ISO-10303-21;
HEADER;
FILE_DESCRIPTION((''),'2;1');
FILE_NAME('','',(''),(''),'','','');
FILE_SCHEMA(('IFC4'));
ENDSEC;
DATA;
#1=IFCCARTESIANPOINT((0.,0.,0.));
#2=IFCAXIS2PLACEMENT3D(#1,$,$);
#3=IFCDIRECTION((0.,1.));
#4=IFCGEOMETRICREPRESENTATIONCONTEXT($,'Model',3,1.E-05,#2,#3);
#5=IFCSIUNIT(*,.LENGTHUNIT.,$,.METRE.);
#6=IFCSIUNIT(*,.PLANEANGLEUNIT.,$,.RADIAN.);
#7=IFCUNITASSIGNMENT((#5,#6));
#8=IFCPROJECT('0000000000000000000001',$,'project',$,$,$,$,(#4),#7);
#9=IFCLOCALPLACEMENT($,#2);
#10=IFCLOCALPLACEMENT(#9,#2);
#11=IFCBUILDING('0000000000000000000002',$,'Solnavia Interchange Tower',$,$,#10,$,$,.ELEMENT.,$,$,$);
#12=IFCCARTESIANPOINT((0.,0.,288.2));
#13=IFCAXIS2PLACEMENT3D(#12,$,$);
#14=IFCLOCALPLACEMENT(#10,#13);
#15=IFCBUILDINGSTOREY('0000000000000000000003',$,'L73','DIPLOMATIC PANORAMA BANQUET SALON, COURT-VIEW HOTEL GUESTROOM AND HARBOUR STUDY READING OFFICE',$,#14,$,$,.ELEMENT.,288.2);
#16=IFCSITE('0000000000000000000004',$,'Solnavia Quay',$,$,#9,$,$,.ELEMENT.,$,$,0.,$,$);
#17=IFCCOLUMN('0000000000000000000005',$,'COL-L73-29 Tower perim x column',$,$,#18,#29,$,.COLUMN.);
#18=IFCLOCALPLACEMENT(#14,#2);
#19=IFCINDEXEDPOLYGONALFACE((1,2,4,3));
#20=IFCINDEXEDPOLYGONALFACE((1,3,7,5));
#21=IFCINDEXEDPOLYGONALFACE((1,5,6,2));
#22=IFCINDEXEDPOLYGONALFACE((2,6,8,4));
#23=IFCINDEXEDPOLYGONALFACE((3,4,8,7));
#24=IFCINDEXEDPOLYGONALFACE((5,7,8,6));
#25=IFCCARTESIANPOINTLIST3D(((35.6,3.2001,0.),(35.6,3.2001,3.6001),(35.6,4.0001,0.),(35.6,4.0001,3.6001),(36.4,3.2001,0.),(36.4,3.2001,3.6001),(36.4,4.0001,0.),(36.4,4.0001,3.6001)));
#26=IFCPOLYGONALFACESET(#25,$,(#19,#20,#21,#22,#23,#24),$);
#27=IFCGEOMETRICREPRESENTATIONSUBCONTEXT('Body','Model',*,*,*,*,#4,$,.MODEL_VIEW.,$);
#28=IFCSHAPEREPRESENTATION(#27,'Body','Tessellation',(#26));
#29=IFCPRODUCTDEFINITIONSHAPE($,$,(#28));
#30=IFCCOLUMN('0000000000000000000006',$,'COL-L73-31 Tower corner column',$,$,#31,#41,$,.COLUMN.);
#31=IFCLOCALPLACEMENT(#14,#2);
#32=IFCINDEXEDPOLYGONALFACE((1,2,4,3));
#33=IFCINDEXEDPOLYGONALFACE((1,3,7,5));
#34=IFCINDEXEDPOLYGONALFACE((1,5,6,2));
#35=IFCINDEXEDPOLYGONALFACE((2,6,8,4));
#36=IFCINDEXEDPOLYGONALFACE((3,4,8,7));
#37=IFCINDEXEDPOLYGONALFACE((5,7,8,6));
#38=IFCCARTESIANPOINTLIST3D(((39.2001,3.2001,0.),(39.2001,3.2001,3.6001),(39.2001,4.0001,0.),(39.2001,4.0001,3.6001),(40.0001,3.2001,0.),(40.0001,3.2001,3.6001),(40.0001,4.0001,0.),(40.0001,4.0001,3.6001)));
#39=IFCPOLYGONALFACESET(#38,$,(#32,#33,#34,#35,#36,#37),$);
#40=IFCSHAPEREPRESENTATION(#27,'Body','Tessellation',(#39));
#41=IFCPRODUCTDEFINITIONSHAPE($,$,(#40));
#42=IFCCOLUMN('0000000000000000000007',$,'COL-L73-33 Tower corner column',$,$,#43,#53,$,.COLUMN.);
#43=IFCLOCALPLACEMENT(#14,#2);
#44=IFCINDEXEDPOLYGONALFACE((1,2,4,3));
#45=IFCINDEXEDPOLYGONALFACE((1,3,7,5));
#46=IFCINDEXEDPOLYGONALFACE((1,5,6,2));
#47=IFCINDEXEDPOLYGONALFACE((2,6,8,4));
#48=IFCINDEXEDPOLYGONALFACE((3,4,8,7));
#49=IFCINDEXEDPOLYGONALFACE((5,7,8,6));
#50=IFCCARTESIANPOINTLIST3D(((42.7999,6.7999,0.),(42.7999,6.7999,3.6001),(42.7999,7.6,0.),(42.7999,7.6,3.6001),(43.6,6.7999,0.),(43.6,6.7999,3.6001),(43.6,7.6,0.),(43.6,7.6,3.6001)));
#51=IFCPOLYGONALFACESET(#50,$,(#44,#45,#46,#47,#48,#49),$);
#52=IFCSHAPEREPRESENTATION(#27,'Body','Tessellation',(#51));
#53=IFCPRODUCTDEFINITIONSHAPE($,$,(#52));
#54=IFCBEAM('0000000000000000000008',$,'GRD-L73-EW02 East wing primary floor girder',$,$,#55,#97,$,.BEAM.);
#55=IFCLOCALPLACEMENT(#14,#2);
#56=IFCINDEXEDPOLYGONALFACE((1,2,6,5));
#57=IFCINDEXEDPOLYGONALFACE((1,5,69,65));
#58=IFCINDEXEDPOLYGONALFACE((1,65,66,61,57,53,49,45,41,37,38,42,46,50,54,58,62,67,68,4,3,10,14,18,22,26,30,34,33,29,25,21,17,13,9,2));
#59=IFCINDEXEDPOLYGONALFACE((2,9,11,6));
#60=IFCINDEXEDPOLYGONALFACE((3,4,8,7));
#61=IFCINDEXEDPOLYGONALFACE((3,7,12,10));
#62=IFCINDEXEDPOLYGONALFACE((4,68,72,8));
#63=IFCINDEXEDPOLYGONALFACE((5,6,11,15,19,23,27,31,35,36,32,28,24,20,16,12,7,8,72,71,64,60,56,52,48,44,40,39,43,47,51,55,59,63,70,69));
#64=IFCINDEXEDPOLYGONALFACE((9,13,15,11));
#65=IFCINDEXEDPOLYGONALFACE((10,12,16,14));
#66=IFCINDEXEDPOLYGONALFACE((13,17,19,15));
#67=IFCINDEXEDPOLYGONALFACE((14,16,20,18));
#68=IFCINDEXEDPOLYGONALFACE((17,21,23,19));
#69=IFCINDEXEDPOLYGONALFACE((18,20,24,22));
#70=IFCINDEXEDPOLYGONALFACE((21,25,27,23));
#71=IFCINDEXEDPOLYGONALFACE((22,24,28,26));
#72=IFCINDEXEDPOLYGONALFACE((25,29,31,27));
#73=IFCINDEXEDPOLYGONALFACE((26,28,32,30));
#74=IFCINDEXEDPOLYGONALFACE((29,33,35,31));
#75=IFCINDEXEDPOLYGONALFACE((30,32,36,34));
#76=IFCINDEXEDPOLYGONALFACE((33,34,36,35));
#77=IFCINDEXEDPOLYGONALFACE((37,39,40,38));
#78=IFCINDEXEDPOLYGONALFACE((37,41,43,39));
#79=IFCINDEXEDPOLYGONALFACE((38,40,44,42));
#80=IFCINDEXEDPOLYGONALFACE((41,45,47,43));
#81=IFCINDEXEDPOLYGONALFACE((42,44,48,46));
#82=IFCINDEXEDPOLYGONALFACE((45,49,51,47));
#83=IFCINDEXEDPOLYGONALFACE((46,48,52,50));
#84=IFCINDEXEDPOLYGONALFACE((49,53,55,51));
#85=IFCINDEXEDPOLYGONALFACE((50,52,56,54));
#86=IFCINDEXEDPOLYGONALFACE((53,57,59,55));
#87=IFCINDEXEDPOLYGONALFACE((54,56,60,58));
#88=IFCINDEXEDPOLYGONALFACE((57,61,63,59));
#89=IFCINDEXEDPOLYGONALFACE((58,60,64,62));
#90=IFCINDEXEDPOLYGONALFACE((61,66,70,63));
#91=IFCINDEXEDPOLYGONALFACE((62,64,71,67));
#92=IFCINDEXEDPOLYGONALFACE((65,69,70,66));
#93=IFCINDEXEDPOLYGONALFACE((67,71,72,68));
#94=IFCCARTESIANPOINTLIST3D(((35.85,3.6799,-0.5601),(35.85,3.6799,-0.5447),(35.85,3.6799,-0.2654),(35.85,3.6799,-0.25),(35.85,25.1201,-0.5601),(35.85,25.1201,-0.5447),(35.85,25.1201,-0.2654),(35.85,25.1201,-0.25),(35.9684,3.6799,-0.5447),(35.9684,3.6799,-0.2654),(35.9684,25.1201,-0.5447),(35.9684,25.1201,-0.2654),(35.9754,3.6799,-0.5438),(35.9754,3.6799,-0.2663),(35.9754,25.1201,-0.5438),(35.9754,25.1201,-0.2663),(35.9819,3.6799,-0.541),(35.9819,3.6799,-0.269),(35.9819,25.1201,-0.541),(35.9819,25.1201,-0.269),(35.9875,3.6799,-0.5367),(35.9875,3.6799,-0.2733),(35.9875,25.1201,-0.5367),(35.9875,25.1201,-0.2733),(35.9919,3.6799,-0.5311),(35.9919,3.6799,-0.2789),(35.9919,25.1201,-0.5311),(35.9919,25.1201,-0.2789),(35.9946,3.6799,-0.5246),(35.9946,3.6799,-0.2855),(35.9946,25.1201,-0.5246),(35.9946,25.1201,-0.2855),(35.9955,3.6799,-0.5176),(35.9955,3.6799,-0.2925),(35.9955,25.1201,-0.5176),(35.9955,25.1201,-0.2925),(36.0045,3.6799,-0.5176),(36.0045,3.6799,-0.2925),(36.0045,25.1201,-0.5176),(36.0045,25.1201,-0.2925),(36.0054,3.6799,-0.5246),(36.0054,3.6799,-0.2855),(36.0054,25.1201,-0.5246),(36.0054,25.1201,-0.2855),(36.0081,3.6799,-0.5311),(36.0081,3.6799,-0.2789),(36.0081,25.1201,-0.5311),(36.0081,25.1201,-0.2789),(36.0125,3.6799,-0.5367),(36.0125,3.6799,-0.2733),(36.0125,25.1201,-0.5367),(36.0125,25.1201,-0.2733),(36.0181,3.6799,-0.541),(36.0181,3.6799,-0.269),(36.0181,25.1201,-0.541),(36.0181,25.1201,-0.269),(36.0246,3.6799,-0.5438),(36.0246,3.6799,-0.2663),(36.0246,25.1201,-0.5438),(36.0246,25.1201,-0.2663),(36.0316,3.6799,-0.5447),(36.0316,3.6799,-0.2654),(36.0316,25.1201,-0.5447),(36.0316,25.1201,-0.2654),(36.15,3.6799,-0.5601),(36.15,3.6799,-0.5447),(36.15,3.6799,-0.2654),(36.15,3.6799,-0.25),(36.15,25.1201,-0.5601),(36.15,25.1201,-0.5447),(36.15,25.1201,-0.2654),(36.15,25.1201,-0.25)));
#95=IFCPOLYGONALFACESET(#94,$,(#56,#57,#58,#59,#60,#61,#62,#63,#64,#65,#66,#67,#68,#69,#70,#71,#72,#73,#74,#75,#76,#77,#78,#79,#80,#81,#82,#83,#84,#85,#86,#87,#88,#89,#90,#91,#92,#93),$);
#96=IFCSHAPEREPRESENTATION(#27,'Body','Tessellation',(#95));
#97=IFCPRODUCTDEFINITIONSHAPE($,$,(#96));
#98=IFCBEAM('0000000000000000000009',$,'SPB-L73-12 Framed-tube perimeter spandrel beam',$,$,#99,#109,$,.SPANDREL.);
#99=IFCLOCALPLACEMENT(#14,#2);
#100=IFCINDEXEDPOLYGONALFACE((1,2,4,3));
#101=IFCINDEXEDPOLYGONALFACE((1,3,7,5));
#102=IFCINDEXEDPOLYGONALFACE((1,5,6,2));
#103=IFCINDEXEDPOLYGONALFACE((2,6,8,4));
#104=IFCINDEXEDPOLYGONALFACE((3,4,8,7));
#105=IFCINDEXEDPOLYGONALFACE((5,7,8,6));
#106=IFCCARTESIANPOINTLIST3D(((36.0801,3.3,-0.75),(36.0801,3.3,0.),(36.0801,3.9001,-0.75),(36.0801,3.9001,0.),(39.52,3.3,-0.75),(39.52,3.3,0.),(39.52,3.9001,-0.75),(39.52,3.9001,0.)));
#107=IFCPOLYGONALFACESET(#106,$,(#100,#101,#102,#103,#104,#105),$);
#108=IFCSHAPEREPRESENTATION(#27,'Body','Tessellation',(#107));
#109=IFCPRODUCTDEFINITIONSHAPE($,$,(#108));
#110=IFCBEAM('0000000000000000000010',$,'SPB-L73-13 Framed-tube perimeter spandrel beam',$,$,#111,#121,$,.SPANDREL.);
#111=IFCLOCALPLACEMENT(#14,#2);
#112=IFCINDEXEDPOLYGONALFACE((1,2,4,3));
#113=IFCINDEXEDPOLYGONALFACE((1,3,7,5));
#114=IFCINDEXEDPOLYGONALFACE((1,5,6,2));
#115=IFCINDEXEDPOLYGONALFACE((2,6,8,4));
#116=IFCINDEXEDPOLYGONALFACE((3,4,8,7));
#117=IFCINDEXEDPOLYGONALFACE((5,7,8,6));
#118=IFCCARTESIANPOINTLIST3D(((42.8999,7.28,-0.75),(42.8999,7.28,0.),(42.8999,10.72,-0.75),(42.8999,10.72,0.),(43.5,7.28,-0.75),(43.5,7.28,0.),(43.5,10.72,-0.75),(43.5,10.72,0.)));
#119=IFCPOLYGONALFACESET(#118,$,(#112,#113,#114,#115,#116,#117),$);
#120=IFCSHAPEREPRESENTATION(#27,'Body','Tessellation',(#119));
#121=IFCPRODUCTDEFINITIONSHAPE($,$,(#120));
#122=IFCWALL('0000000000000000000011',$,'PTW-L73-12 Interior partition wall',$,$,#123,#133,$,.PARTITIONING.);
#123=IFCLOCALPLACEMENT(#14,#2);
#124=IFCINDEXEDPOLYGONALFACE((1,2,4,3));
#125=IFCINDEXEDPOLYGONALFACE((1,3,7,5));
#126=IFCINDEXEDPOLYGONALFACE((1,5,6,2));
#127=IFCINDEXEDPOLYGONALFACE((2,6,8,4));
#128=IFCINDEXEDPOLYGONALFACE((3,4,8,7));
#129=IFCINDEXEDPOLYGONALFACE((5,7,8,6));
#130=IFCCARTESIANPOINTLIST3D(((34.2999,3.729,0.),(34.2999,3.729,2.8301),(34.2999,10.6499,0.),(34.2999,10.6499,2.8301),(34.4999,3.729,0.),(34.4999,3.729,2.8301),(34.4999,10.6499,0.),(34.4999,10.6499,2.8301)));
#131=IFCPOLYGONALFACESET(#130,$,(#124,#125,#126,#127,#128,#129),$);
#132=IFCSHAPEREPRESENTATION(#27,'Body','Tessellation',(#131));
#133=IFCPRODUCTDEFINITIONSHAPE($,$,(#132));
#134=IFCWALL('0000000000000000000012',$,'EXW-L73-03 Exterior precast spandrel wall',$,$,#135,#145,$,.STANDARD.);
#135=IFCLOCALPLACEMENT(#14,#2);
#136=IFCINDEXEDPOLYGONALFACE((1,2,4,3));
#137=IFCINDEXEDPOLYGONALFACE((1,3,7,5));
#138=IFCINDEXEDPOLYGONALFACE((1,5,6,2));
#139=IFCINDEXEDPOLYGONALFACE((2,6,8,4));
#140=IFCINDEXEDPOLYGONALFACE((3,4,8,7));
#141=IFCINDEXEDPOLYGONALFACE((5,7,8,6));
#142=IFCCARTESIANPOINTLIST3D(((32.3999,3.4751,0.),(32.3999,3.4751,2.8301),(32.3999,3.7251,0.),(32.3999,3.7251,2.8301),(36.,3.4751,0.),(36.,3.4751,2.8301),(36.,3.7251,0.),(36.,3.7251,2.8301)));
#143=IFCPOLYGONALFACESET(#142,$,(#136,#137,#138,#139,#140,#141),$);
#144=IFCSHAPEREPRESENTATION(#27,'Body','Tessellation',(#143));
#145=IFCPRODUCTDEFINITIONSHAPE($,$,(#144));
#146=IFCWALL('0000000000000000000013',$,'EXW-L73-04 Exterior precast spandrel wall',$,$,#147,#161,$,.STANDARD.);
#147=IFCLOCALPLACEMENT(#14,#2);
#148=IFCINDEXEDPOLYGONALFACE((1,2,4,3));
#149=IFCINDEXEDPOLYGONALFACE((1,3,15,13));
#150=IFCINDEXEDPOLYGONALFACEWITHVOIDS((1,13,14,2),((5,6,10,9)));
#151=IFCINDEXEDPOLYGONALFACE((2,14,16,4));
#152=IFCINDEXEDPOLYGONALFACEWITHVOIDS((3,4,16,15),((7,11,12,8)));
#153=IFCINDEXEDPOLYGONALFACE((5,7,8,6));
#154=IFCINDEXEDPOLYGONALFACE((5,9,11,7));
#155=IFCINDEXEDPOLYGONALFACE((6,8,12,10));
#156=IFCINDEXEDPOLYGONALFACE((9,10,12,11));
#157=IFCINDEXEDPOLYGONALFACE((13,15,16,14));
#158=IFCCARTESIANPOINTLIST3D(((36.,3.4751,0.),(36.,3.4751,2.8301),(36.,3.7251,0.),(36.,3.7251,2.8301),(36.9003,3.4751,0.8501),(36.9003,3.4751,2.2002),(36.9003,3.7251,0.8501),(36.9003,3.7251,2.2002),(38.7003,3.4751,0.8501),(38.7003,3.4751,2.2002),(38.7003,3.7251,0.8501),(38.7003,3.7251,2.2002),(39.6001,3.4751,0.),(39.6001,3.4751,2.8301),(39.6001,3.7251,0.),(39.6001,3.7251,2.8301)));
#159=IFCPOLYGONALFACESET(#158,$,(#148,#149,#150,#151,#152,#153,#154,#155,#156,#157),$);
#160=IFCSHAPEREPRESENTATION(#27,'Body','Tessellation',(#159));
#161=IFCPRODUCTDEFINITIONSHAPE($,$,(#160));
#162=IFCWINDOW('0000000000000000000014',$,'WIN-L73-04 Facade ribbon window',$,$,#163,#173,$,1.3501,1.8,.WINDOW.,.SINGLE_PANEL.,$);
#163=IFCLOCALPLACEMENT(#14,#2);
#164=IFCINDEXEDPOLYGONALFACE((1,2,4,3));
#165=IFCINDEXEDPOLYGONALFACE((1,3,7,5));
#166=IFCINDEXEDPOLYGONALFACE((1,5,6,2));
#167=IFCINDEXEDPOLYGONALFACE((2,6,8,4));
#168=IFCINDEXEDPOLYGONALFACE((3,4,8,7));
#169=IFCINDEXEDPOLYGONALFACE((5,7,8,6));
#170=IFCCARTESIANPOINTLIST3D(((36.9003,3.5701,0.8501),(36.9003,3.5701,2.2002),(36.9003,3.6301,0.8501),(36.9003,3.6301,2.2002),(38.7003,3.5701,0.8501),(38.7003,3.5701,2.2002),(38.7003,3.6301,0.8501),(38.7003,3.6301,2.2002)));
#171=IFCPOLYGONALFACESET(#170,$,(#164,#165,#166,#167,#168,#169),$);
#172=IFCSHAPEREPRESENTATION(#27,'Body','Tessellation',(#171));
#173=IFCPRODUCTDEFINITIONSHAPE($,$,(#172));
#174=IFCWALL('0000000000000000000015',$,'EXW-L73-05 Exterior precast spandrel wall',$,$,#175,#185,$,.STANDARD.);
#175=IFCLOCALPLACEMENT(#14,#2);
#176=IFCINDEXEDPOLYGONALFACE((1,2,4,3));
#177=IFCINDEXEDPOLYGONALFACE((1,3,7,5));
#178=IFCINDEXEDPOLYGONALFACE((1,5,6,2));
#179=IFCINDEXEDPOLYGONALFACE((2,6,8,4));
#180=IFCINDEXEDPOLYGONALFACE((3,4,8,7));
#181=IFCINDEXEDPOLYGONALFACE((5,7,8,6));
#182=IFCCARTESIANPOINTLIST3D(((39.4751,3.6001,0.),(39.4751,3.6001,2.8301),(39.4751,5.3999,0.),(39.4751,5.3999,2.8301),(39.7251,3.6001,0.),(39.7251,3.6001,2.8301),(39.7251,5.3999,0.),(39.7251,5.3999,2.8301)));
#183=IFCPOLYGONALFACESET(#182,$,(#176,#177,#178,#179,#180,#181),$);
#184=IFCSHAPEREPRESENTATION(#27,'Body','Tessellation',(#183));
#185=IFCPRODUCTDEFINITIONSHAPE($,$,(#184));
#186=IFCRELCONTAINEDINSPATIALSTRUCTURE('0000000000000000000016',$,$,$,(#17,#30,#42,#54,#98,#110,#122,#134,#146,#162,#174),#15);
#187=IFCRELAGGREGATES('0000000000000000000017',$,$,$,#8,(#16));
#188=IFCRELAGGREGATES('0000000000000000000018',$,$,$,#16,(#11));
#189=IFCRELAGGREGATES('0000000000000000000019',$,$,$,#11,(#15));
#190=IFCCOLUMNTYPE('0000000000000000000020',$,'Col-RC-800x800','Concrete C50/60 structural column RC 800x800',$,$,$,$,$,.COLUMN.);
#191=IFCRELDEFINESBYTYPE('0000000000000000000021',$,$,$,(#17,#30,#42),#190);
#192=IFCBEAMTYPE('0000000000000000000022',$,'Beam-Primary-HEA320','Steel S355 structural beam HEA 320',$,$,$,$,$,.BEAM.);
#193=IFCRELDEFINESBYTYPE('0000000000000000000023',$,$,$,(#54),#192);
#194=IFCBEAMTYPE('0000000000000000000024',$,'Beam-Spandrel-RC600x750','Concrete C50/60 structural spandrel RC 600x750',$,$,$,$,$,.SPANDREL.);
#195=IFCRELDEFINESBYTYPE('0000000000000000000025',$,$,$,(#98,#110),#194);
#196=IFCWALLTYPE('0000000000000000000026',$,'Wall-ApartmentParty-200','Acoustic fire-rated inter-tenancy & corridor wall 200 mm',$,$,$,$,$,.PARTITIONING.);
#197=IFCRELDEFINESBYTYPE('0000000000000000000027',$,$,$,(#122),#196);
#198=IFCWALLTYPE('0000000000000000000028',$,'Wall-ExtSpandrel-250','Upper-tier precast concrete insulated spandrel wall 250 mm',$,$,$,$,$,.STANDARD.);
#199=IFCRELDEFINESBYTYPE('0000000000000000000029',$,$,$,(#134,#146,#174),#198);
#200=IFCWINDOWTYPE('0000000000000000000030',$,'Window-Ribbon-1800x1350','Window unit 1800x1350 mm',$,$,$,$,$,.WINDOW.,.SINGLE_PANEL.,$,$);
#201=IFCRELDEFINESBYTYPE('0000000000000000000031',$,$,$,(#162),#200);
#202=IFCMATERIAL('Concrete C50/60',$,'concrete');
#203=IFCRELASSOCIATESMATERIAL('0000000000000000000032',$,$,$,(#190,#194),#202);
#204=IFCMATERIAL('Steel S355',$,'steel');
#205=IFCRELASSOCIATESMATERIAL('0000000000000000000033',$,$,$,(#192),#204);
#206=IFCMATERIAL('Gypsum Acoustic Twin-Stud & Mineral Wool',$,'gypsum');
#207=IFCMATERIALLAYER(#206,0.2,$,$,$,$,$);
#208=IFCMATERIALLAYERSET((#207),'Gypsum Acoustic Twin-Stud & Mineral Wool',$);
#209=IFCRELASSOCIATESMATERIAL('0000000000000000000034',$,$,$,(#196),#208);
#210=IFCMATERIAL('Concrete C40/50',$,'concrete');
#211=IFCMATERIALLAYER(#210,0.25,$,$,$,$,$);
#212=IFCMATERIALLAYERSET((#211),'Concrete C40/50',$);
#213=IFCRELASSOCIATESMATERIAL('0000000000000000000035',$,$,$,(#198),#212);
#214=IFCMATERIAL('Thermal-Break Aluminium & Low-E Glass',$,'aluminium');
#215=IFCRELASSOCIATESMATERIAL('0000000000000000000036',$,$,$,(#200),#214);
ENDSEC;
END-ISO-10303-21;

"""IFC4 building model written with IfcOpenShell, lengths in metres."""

from ifc_helpers import new_model, si_unit, direction, frame, frame_2d, origin, origin_2d, place, context, subcontext, project, spatial, rectangle, i_section, extrude, material, layer, layer_set, material_profile, profile_set, type_object, element, fill, save


model = new_model("IFC4")

# Units and contexts
model_context = context("Model", 3, precision=1e-05, world=origin(), true_north=direction((0.0, 1.0)))
body_context = subcontext(model_context, "Body", "Model", "MODEL_VIEW")
ifc_project = project(units=[si_unit("LENGTHUNIT", "METRE"), si_unit("PLANEANGLEUNIT", "RADIAN")], contexts=[model_context])

# Site, building, storey
site_placement = place(None, origin())
site = spatial("IfcSite", under=ifc_project, at=site_placement, Name="Solnavia Quay", CompositionType="ELEMENT", RefElevation=0.0)
building_placement = place(site_placement, origin())
building = spatial("IfcBuilding", under=site, at=building_placement, Name="Solnavia Interchange Tower", CompositionType="ELEMENT")
storey_placement = place(building_placement, frame((0.0, 0.0, 288.2)))
storey = spatial("IfcBuildingStorey", under=building, at=storey_placement, Name="L73", Description="DIPLOMATIC PANORAMA BANQUET SALON, COURT-VIEW HOTEL GUESTROOM AND HARBOUR STUDY READING OFFICE", CompositionType="ELEMENT", Elevation=288.2)

# Columns
ifc_material_1 = material(Name="Concrete C50/60", Category="concrete")
ifc_material_profile_1 = material_profile(ifc_material_1, rectangle(XDim=0.8, YDim=0.8, at=origin_2d()), Name="RC 800x800")
ifc_profile_set_1 = profile_set([ifc_material_profile_1], Name="Concrete C50/60")
column_type = type_object("IfcColumnType", Name="Col-RC-800x800", Description="Concrete C50/60 structural column RC 800x800", PredefinedType="COLUMN", material=ifc_profile_set_1)
for number, where, z_axis, x_axis, name in (
    (1, (36.0, 3.6001, 0.0), (0.0, 0.0, 1.0), (1.0, 0.0, 0.0), "COL-L73-29 Tower perim x column"),
    (2, (39.6001, 3.6001, 0.0), (0.0, 0.0, 1.0), (1.0, 0.0, 0.0), "COL-L73-31 Tower corner column"),
    (3, (43.2, 7.2, 0.0), (0.0, 0.0, 1.0), (1.0, 0.0, 0.0), "COL-L73-33 Tower corner column"),
):
    element("IfcColumn", number, at=place(storey_placement, frame(where, z_axis=z_axis, x_axis=x_axis)), inside=storey, type_object=column_type, Name=name, PredefinedType="COLUMN", context=body_context, shape_type="SweptSolid", body=[
        extrude(rectangle(XDim=0.8, YDim=0.8, at=origin_2d()), origin(), (0.0, 0.0, 1.0), 3.6001),
    ])

# Beams
ifc_material_2 = material(Name="Steel S355", Category="steel")
ifc_material_profile_2 = material_profile(ifc_material_2, i_section(OverallWidth=0.3, OverallDepth=0.3101, WebThickness=0.009, FlangeThickness=0.0154, FilletRadius=0.0271, at=origin_2d()), Name="HEA 320")
ifc_profile_set_2 = profile_set([ifc_material_profile_2], Name="Steel S355")
beam_type_1 = type_object("IfcBeamType", Name="Beam-Primary-HEA320", Description="Steel S355 structural beam HEA 320", PredefinedType="BEAM", material=ifc_profile_set_2)
beam_placement = place(storey_placement, frame((36.0, 3.6799, -0.405), z_axis=(0.0, 1.0, 0.0), x_axis=(-1.0, 0.0, 0.0)))
element("IfcBeam", 4, at=beam_placement, inside=storey, type_object=beam_type_1, Name="GRD-L73-EW02 East wing primary floor girder", PredefinedType="BEAM", context=body_context, shape_type="SweptSolid", body=[
    extrude(i_section(OverallWidth=0.3, OverallDepth=0.3101, WebThickness=0.009, FlangeThickness=0.0154, FilletRadius=0.0271, at=origin_2d()), origin(), (0.0, 0.0, 1.0), 21.4402),
])
ifc_material_profile_3 = material_profile(ifc_material_1, rectangle(XDim=0.6001, YDim=0.75, at=origin_2d()), Name="RC 600x750")
ifc_profile_set_3 = profile_set([ifc_material_profile_3], Name="Concrete C50/60")
beam_type_2 = type_object("IfcBeamType", Name="Beam-Spandrel-RC600x750", Description="Concrete C50/60 structural spandrel RC 600x750", PredefinedType="SPANDREL", material=ifc_profile_set_3)
for number, where, z_axis, x_axis, name in (
    (5, (36.0801, 3.6001, -0.375), (1.0, 0.0, 0.0), (0.0, 1.0, 0.0), "SPB-L73-12 Framed-tube perimeter spandrel beam"),
    (6, (43.2, 7.28, -0.375), (0.0, 1.0, 0.0), (-1.0, 0.0, 0.0), "SPB-L73-13 Framed-tube perimeter spandrel beam"),
):
    element("IfcBeam", number, at=place(storey_placement, frame(where, z_axis=z_axis, x_axis=x_axis)), inside=storey, type_object=beam_type_2, Name=name, PredefinedType="SPANDREL", context=body_context, shape_type="SweptSolid", body=[
        extrude(rectangle(XDim=0.6001, YDim=0.75, at=origin_2d()), origin(), (0.0, 0.0, 1.0), 3.4399),
    ])

# Walls
ifc_material_3 = material(Name="Gypsum Acoustic Twin-Stud & Mineral Wool", Category="gypsum")
ifc_layer_1 = layer(ifc_material_3, 0.2)
ifc_layer_set_1 = layer_set([ifc_layer_1], Name="Gypsum Acoustic Twin-Stud & Mineral Wool")
wall_type_1 = type_object("IfcWallType", Name="Wall-ApartmentParty-200", Description="Acoustic fire-rated inter-tenancy & corridor wall 200 mm", PredefinedType="PARTITIONING", material=ifc_layer_set_1)
wall_1_placement = place(storey_placement, frame((34.3999, 3.729, 0.0), z_axis=(0.0, 0.0, 1.0), x_axis=(0.0, 1.0, 0.0)))
element("IfcWall", 7, at=wall_1_placement, inside=storey, type_object=wall_type_1, Name="PTW-L73-12 Interior partition wall", PredefinedType="PARTITIONING", context=body_context, shape_type="SweptSolid", body=[
    extrude(rectangle(XDim=6.9209, YDim=0.2, at=frame_2d((3.4604, 0.0))), origin(), (0.0, 0.0, 1.0), 2.8301),
])
ifc_material_4 = material(Name="Concrete C40/50", Category="concrete")
ifc_layer_2 = layer(ifc_material_4, 0.25)
ifc_layer_set_2 = layer_set([ifc_layer_2], Name="Concrete C40/50")
wall_type_2 = type_object("IfcWallType", Name="Wall-ExtSpandrel-250", Description="Upper-tier precast concrete insulated spandrel wall 250 mm", PredefinedType="STANDARD", material=ifc_layer_set_2)
wall_2_placement = place(storey_placement, frame((36.0, 3.6001, 0.0), z_axis=(0.0, 0.0, 1.0), x_axis=(-1.0, 0.0, 0.0)))
element("IfcWall", 8, at=wall_2_placement, inside=storey, type_object=wall_type_2, Name="EXW-L73-03 Exterior precast spandrel wall", PredefinedType="STANDARD", context=body_context, shape_type="SweptSolid", body=[
    extrude(rectangle(XDim=3.6001, YDim=0.25, at=frame_2d((1.8, 0.0))), origin(), (0.0, 0.0, 1.0), 2.8301),
])

# Wall, opening, window
wall_3_placement = place(storey_placement, frame((39.6001, 3.6001, 0.0), z_axis=(0.0, 0.0, 1.0), x_axis=(-1.0, 0.0, 0.0)))
wall_3 = element("IfcWall", 9, at=wall_3_placement, inside=storey, type_object=wall_type_2, Name="EXW-L73-04 Exterior precast spandrel wall", PredefinedType="STANDARD", context=body_context, shape_type="SweptSolid", body=[
    extrude(rectangle(XDim=3.6001, YDim=0.25, at=frame_2d((1.8, 0.0))), origin(), (0.0, 0.0, 1.0), 2.8301),
])
opening_placement = place(wall_3_placement, frame((0.8999, 0.0, 0.8501)))
opening = element("IfcOpeningElement", 10, at=opening_placement, cuts=wall_3, PredefinedType="OPENING", context=body_context, shape_type="SweptSolid", body=[
    extrude(rectangle(XDim=1.8, YDim=1.3501, at=frame_2d((0.8999, 0.675))), frame((0.0, 0.135, 0.0), z_axis=(0.0, -1.0, 0.0), x_axis=(1.0, 0.0, 0.0)), (0.0, 0.0, 1.0), 0.27),
])
ifc_material_5 = material(Name="Thermal-Break Aluminium & Low-E Glass", Category="aluminium")
window_type = type_object("IfcWindowType", Name="Window-Ribbon-1800x1350", Description="Window unit 1800x1350 mm", PartitioningType="SINGLE_PANEL", PredefinedType="WINDOW", material=ifc_material_5)
window_placement = place(opening_placement, origin())
window = element("IfcWindow", 11, at=window_placement, inside=storey, type_object=window_type, Name="WIN-L73-04 Facade ribbon window", OverallHeight=1.3501, OverallWidth=1.8, PartitioningType="SINGLE_PANEL", PredefinedType="WINDOW", context=body_context, shape_type="SweptSolid", body=[
    extrude(rectangle(XDim=1.8, YDim=1.3501, at=frame_2d((0.8999, 0.675))), frame((0.0, 0.03, 0.0), z_axis=(0.0, -1.0, 0.0), x_axis=(1.0, 0.0, 0.0)), (0.0, 0.0, 1.0), 0.0601),
])
fill(opening, window)

# Wall
wall_4_placement = place(storey_placement, frame((39.6001, 5.3999, 0.0), z_axis=(0.0, 0.0, 1.0), x_axis=(0.0, -1.0, 0.0)))
element("IfcWall", 12, at=wall_4_placement, inside=storey, type_object=wall_type_2, Name="EXW-L73-05 Exterior precast spandrel wall", PredefinedType="STANDARD", context=body_context, shape_type="SweptSolid", body=[
    extrude(rectangle(XDim=1.7998, YDim=0.25, at=frame_2d((0.8999, 0.0))), origin(), (0.0, 0.0, 1.0), 2.8301),
])

save(model, "model.ifc")
